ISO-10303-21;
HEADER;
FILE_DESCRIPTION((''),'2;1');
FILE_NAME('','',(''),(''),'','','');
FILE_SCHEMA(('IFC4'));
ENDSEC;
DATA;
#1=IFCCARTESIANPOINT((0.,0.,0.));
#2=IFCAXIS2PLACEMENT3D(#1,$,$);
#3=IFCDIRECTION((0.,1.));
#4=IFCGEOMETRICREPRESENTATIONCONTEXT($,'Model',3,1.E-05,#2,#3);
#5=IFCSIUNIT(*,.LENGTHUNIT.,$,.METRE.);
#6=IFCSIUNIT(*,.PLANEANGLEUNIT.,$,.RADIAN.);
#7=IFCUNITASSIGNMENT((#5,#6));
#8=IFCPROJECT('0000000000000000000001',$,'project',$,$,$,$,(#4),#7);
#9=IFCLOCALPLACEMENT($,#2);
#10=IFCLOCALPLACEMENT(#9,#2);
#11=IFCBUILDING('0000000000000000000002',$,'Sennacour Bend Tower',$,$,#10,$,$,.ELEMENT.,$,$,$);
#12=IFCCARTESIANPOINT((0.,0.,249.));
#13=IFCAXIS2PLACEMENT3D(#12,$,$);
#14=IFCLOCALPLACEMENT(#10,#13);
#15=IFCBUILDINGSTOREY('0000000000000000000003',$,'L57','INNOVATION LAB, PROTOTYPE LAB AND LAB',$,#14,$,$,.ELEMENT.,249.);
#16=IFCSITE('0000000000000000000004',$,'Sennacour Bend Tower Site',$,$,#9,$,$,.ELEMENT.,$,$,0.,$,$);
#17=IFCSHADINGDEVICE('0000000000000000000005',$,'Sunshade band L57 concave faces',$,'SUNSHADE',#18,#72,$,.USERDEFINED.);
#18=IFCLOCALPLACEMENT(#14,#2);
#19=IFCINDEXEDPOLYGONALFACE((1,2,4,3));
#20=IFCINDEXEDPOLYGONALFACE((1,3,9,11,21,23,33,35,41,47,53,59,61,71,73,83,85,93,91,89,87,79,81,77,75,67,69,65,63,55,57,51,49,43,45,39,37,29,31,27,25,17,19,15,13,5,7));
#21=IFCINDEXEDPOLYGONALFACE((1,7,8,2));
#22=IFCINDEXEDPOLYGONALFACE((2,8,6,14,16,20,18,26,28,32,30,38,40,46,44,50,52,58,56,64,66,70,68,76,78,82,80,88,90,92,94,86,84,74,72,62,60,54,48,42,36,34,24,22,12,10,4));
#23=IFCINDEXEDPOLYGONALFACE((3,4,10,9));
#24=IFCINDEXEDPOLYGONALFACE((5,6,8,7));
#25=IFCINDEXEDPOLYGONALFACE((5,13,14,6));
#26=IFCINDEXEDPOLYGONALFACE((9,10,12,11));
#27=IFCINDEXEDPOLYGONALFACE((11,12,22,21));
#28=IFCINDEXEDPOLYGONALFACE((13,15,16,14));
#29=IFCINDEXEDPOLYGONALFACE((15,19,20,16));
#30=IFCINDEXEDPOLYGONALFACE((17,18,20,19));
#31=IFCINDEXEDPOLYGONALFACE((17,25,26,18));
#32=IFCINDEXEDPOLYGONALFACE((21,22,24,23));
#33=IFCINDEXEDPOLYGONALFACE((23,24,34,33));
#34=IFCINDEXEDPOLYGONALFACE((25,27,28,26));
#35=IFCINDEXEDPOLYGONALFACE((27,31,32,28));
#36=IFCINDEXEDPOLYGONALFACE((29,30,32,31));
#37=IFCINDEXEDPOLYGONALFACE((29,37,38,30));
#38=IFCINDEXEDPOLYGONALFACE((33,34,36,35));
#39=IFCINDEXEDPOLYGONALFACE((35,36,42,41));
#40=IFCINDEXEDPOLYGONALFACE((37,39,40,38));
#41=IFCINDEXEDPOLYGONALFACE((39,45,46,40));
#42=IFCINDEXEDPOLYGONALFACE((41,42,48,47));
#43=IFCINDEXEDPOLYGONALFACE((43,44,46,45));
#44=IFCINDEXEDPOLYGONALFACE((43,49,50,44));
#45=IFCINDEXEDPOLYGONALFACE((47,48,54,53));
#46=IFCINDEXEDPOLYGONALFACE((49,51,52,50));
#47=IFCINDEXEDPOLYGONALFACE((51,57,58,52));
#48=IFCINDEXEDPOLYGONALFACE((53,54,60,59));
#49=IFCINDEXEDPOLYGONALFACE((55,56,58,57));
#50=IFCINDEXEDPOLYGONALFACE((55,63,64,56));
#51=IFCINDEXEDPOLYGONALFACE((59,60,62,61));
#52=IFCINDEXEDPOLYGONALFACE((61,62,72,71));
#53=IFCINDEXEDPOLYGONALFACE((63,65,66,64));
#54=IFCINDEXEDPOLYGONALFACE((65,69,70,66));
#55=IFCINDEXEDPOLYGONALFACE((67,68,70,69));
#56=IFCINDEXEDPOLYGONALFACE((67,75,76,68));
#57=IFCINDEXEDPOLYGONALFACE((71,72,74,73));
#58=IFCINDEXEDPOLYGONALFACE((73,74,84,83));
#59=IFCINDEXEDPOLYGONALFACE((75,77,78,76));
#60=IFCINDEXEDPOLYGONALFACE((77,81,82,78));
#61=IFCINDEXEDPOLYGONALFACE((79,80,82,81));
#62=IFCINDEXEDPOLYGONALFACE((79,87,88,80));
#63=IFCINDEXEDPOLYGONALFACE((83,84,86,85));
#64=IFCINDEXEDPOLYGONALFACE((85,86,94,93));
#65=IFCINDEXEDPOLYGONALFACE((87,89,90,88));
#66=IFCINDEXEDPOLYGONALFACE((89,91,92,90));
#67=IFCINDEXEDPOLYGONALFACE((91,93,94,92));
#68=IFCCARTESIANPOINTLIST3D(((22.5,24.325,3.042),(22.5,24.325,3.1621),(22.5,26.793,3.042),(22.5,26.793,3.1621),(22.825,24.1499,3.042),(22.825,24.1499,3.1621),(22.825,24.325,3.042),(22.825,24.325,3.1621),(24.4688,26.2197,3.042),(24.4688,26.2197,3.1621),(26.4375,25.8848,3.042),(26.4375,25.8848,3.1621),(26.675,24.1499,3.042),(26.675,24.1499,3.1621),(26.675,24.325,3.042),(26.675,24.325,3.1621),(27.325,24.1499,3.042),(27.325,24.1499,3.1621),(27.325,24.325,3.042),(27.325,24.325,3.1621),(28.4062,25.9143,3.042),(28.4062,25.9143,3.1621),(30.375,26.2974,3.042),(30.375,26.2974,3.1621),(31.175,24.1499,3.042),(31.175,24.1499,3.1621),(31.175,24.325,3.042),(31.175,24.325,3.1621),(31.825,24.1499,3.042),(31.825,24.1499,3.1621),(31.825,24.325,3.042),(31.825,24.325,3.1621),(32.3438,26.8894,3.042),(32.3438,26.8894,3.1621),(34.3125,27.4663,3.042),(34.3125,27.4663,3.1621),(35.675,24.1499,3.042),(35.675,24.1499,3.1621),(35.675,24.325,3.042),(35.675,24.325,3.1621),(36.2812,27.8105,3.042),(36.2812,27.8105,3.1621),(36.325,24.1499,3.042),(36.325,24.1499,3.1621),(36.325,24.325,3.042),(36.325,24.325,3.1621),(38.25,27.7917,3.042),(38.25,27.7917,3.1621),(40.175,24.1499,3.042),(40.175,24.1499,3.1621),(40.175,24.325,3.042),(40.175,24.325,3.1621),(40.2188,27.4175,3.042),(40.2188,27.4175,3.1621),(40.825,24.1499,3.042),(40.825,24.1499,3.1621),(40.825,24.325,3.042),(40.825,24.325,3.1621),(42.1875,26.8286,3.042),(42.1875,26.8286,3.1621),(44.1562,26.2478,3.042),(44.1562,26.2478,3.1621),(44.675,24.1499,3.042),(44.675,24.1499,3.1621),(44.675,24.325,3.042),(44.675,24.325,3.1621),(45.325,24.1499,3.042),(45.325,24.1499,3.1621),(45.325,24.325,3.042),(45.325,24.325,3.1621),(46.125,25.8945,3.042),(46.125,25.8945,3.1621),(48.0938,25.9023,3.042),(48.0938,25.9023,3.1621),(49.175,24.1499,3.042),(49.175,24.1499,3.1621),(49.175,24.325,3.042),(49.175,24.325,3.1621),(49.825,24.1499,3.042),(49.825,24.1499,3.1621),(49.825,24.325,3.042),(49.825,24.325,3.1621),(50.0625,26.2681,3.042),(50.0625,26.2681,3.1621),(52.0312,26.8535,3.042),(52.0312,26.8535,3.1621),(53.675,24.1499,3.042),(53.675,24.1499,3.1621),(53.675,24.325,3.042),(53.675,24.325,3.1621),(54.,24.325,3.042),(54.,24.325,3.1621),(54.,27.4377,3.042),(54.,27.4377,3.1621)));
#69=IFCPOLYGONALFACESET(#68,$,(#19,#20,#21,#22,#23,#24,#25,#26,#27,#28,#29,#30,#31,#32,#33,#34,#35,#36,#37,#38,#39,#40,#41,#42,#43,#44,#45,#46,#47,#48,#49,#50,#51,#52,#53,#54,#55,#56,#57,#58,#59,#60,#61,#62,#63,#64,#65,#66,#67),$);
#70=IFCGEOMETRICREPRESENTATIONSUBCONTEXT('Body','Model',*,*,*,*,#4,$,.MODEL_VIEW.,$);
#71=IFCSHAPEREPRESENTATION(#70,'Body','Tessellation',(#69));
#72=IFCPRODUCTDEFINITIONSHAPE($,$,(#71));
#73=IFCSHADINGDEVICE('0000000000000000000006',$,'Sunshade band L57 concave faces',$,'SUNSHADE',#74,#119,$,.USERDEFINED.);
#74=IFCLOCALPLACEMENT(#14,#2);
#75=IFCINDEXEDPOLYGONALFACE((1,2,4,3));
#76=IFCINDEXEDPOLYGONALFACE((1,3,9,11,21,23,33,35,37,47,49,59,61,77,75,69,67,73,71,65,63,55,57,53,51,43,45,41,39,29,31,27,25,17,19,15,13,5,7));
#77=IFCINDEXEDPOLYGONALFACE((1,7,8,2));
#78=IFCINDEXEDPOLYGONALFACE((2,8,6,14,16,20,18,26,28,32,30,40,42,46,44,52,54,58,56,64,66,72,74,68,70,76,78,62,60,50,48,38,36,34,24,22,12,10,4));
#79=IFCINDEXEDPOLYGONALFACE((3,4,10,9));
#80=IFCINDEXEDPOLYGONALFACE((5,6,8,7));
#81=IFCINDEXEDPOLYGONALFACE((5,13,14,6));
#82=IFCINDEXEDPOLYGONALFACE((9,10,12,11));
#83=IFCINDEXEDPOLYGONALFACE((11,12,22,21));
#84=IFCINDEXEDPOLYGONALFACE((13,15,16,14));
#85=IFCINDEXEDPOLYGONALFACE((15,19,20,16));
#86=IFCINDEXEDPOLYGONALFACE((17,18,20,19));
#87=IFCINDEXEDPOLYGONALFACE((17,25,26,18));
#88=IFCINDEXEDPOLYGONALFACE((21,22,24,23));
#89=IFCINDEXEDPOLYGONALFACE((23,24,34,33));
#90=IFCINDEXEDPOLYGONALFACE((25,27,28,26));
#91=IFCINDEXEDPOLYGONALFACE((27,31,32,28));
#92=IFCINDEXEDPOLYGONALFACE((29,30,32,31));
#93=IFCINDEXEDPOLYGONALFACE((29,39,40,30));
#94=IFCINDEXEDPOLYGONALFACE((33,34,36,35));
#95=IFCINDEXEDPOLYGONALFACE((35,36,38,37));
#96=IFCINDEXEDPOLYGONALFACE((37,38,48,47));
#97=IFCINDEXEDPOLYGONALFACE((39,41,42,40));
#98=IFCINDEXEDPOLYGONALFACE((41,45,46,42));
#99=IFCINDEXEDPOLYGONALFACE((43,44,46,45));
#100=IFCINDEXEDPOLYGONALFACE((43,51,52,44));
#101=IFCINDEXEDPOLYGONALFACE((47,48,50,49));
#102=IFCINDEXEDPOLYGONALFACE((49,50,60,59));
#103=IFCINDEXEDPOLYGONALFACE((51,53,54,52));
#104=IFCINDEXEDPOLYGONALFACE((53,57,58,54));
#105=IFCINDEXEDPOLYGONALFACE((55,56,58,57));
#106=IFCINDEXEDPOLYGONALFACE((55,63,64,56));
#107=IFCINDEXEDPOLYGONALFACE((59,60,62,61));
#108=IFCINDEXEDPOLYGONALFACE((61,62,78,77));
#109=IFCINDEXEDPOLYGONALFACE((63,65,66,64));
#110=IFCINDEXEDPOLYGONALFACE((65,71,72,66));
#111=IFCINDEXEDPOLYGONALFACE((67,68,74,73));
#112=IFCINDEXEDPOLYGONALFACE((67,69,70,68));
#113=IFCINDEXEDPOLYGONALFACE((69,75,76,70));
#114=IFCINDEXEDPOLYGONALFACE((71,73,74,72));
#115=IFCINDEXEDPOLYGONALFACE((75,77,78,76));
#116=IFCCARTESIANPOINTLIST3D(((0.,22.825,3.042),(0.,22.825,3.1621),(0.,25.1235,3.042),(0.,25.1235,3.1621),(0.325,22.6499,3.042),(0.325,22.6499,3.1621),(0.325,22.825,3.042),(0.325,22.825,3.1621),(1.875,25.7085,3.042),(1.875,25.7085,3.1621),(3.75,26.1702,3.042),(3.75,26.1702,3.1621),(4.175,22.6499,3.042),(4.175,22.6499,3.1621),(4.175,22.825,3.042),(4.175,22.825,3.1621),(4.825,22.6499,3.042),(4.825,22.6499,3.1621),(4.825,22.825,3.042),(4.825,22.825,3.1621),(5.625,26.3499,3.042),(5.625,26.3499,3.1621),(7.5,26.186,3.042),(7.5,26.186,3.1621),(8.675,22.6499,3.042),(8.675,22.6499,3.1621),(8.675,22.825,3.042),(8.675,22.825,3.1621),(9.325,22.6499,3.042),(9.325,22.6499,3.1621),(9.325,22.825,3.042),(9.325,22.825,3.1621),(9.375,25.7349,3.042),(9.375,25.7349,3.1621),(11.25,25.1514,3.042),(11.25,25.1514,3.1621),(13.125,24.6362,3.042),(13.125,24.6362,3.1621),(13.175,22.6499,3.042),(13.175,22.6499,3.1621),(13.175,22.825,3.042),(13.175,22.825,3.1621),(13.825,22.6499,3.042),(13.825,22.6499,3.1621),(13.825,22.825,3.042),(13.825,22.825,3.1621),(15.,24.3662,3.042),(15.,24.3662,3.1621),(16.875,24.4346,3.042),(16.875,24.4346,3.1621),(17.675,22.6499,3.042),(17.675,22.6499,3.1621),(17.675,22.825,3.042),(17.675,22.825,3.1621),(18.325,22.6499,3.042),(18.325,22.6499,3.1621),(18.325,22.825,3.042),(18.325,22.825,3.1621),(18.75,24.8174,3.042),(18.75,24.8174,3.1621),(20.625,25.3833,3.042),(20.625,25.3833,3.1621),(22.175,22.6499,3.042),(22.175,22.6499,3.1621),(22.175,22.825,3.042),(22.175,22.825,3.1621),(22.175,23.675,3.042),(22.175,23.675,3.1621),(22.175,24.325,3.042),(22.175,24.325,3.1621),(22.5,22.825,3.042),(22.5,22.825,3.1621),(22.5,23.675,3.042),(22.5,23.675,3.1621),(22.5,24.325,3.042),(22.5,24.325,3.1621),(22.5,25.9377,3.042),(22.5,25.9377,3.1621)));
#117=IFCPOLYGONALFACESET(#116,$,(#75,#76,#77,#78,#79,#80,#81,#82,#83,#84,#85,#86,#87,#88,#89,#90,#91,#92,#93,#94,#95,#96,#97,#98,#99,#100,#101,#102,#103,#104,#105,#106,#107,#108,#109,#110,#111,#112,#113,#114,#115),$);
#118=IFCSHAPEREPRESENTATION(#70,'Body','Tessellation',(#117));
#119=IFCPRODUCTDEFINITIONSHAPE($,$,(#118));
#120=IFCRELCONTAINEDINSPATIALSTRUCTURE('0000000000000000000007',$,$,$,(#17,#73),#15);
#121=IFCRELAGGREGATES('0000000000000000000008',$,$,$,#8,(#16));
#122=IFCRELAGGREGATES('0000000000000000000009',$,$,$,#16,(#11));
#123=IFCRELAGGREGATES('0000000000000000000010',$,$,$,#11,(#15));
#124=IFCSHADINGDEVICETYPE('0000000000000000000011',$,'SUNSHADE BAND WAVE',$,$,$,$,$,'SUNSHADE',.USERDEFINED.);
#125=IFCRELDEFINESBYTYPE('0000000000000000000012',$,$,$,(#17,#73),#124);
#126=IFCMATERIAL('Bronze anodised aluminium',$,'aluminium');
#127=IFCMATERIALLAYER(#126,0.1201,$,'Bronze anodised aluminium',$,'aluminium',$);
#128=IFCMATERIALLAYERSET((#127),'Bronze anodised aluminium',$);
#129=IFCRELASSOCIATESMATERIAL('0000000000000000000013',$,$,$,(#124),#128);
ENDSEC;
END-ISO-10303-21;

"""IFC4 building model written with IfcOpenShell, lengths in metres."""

from ifc_helpers import new_model, si_unit, direction, frame, origin, place, context, subcontext, project, spatial, polyline, outline, extrude, material, layer, layer_set, type_object, element, save


model = new_model("IFC4")

# Units and contexts
model_context = context("Model", 3, precision=1e-05, world=origin(), true_north=direction((0.0, 1.0)))
body_context = subcontext(model_context, "Body", "Model", "MODEL_VIEW")
ifc_project = project(units=[si_unit("LENGTHUNIT", "METRE"), si_unit("PLANEANGLEUNIT", "RADIAN")], contexts=[model_context])

# Site, building, storey
site_placement = place(None, origin())
site = spatial("IfcSite", under=ifc_project, at=site_placement, Name="Sennacour Bend Tower Site", CompositionType="ELEMENT", RefElevation=0.0)
building_placement = place(site_placement, origin())
building = spatial("IfcBuilding", under=site, at=building_placement, Name="Sennacour Bend Tower", CompositionType="ELEMENT")
storey_placement = place(building_placement, frame((0.0, 0.0, 249.0)))
storey = spatial("IfcBuildingStorey", under=building, at=storey_placement, Name="L57", Description="INNOVATION LAB, PROTOTYPE LAB AND LAB", CompositionType="ELEMENT", Elevation=249.0)

# Shading devices
ifc_material_1 = material(Name="Bronze anodised aluminium", Category="aluminium")
ifc_layer_1 = layer(ifc_material_1, 0.1201, Name="Bronze anodised aluminium", Category="aluminium")
ifc_layer_set_1 = layer_set([ifc_layer_1], Name="Bronze anodised aluminium")
shading_device_type_1 = type_object("IfcShadingDeviceType", Name="SUNSHADE BAND WAVE", ElementType="SUNSHADE", PredefinedType="USERDEFINED", material=ifc_layer_set_1)
shading_device_1_placement = place(storey_placement, frame((0.0, 0.0, 3.042)))
element("IfcShadingDevice", 1, at=shading_device_1_placement, inside=storey, type_object=shading_device_type_1, Name="Sunshade band L57 concave faces", ObjectType="SUNSHADE", PredefinedType="USERDEFINED", context=body_context, shape_type="SweptSolid", body=[
    extrude(outline(polyline([(53.675, 24.1499), (49.825, 24.1499), (49.825, 24.325), (49.175, 24.325), (49.175, 24.1499), (45.325, 24.1499), (45.325, 24.325), (44.675, 24.325), (44.675, 24.1499), (40.825, 24.1499), (40.825, 24.325), (40.175, 24.325), (40.175, 24.1499), (36.325, 24.1499), (36.325, 24.325), (35.675, 24.325), (35.675, 24.1499), (31.825, 24.1499), (31.825, 24.325), (31.175, 24.325), (31.175, 24.1499), (27.325, 24.1499), (27.325, 24.325), (26.675, 24.325), (26.675, 24.1499), (22.825, 24.1499), (22.825, 24.325), (22.5, 24.325), (22.5, 26.793), (24.4688, 26.2197), (26.4375, 25.8848), (28.4062, 25.9143), (30.375, 26.2974), (32.3438, 26.8894), (34.3125, 27.4663), (36.2812, 27.8105), (38.25, 27.7917), (40.2188, 27.4175), (42.1875, 26.8286), (44.1562, 26.2478), (46.125, 25.8945), (48.0938, 25.9023), (50.0625, 26.2681), (52.0312, 26.8535), (54.0, 27.4377), (54.0, 24.325), (53.675, 24.325), (53.675, 24.1499)])), origin(), (0.0, 0.0, 1.0), 0.1201),
])
shading_device_2_placement = place(storey_placement, frame((0.0, 0.0, 3.042)))
element("IfcShadingDevice", 2, at=shading_device_2_placement, inside=storey, type_object=shading_device_type_1, Name="Sunshade band L57 concave faces", ObjectType="SUNSHADE", PredefinedType="USERDEFINED", context=body_context, shape_type="SweptSolid", body=[
    extrude(outline(polyline([(22.175, 22.6499), (18.325, 22.6499), (18.325, 22.825), (17.675, 22.825), (17.675, 22.6499), (13.825, 22.6499), (13.825, 22.825), (13.175, 22.825), (13.175, 22.6499), (9.325, 22.6499), (9.325, 22.825), (8.675, 22.825), (8.675, 22.6499), (4.825, 22.6499), (4.825, 22.825), (4.175, 22.825), (4.175, 22.6499), (0.325, 22.6499), (0.325, 22.825), (0.0, 22.825), (0.0, 25.1235), (1.875, 25.7085), (3.75, 26.1702), (5.625, 26.3499), (7.5, 26.186), (9.375, 25.7349), (11.25, 25.1514), (13.125, 24.6362), (15.0, 24.3662), (16.875, 24.4346), (18.75, 24.8174), (20.625, 25.3833), (22.5, 25.9377), (22.5, 24.325), (22.175, 24.325), (22.175, 23.675), (22.5, 23.675), (22.5, 22.825), (22.175, 22.825), (22.175, 22.6499)])), origin(), (0.0, 0.0, 1.0), 0.1201),
])

save(model, "model.ifc")
